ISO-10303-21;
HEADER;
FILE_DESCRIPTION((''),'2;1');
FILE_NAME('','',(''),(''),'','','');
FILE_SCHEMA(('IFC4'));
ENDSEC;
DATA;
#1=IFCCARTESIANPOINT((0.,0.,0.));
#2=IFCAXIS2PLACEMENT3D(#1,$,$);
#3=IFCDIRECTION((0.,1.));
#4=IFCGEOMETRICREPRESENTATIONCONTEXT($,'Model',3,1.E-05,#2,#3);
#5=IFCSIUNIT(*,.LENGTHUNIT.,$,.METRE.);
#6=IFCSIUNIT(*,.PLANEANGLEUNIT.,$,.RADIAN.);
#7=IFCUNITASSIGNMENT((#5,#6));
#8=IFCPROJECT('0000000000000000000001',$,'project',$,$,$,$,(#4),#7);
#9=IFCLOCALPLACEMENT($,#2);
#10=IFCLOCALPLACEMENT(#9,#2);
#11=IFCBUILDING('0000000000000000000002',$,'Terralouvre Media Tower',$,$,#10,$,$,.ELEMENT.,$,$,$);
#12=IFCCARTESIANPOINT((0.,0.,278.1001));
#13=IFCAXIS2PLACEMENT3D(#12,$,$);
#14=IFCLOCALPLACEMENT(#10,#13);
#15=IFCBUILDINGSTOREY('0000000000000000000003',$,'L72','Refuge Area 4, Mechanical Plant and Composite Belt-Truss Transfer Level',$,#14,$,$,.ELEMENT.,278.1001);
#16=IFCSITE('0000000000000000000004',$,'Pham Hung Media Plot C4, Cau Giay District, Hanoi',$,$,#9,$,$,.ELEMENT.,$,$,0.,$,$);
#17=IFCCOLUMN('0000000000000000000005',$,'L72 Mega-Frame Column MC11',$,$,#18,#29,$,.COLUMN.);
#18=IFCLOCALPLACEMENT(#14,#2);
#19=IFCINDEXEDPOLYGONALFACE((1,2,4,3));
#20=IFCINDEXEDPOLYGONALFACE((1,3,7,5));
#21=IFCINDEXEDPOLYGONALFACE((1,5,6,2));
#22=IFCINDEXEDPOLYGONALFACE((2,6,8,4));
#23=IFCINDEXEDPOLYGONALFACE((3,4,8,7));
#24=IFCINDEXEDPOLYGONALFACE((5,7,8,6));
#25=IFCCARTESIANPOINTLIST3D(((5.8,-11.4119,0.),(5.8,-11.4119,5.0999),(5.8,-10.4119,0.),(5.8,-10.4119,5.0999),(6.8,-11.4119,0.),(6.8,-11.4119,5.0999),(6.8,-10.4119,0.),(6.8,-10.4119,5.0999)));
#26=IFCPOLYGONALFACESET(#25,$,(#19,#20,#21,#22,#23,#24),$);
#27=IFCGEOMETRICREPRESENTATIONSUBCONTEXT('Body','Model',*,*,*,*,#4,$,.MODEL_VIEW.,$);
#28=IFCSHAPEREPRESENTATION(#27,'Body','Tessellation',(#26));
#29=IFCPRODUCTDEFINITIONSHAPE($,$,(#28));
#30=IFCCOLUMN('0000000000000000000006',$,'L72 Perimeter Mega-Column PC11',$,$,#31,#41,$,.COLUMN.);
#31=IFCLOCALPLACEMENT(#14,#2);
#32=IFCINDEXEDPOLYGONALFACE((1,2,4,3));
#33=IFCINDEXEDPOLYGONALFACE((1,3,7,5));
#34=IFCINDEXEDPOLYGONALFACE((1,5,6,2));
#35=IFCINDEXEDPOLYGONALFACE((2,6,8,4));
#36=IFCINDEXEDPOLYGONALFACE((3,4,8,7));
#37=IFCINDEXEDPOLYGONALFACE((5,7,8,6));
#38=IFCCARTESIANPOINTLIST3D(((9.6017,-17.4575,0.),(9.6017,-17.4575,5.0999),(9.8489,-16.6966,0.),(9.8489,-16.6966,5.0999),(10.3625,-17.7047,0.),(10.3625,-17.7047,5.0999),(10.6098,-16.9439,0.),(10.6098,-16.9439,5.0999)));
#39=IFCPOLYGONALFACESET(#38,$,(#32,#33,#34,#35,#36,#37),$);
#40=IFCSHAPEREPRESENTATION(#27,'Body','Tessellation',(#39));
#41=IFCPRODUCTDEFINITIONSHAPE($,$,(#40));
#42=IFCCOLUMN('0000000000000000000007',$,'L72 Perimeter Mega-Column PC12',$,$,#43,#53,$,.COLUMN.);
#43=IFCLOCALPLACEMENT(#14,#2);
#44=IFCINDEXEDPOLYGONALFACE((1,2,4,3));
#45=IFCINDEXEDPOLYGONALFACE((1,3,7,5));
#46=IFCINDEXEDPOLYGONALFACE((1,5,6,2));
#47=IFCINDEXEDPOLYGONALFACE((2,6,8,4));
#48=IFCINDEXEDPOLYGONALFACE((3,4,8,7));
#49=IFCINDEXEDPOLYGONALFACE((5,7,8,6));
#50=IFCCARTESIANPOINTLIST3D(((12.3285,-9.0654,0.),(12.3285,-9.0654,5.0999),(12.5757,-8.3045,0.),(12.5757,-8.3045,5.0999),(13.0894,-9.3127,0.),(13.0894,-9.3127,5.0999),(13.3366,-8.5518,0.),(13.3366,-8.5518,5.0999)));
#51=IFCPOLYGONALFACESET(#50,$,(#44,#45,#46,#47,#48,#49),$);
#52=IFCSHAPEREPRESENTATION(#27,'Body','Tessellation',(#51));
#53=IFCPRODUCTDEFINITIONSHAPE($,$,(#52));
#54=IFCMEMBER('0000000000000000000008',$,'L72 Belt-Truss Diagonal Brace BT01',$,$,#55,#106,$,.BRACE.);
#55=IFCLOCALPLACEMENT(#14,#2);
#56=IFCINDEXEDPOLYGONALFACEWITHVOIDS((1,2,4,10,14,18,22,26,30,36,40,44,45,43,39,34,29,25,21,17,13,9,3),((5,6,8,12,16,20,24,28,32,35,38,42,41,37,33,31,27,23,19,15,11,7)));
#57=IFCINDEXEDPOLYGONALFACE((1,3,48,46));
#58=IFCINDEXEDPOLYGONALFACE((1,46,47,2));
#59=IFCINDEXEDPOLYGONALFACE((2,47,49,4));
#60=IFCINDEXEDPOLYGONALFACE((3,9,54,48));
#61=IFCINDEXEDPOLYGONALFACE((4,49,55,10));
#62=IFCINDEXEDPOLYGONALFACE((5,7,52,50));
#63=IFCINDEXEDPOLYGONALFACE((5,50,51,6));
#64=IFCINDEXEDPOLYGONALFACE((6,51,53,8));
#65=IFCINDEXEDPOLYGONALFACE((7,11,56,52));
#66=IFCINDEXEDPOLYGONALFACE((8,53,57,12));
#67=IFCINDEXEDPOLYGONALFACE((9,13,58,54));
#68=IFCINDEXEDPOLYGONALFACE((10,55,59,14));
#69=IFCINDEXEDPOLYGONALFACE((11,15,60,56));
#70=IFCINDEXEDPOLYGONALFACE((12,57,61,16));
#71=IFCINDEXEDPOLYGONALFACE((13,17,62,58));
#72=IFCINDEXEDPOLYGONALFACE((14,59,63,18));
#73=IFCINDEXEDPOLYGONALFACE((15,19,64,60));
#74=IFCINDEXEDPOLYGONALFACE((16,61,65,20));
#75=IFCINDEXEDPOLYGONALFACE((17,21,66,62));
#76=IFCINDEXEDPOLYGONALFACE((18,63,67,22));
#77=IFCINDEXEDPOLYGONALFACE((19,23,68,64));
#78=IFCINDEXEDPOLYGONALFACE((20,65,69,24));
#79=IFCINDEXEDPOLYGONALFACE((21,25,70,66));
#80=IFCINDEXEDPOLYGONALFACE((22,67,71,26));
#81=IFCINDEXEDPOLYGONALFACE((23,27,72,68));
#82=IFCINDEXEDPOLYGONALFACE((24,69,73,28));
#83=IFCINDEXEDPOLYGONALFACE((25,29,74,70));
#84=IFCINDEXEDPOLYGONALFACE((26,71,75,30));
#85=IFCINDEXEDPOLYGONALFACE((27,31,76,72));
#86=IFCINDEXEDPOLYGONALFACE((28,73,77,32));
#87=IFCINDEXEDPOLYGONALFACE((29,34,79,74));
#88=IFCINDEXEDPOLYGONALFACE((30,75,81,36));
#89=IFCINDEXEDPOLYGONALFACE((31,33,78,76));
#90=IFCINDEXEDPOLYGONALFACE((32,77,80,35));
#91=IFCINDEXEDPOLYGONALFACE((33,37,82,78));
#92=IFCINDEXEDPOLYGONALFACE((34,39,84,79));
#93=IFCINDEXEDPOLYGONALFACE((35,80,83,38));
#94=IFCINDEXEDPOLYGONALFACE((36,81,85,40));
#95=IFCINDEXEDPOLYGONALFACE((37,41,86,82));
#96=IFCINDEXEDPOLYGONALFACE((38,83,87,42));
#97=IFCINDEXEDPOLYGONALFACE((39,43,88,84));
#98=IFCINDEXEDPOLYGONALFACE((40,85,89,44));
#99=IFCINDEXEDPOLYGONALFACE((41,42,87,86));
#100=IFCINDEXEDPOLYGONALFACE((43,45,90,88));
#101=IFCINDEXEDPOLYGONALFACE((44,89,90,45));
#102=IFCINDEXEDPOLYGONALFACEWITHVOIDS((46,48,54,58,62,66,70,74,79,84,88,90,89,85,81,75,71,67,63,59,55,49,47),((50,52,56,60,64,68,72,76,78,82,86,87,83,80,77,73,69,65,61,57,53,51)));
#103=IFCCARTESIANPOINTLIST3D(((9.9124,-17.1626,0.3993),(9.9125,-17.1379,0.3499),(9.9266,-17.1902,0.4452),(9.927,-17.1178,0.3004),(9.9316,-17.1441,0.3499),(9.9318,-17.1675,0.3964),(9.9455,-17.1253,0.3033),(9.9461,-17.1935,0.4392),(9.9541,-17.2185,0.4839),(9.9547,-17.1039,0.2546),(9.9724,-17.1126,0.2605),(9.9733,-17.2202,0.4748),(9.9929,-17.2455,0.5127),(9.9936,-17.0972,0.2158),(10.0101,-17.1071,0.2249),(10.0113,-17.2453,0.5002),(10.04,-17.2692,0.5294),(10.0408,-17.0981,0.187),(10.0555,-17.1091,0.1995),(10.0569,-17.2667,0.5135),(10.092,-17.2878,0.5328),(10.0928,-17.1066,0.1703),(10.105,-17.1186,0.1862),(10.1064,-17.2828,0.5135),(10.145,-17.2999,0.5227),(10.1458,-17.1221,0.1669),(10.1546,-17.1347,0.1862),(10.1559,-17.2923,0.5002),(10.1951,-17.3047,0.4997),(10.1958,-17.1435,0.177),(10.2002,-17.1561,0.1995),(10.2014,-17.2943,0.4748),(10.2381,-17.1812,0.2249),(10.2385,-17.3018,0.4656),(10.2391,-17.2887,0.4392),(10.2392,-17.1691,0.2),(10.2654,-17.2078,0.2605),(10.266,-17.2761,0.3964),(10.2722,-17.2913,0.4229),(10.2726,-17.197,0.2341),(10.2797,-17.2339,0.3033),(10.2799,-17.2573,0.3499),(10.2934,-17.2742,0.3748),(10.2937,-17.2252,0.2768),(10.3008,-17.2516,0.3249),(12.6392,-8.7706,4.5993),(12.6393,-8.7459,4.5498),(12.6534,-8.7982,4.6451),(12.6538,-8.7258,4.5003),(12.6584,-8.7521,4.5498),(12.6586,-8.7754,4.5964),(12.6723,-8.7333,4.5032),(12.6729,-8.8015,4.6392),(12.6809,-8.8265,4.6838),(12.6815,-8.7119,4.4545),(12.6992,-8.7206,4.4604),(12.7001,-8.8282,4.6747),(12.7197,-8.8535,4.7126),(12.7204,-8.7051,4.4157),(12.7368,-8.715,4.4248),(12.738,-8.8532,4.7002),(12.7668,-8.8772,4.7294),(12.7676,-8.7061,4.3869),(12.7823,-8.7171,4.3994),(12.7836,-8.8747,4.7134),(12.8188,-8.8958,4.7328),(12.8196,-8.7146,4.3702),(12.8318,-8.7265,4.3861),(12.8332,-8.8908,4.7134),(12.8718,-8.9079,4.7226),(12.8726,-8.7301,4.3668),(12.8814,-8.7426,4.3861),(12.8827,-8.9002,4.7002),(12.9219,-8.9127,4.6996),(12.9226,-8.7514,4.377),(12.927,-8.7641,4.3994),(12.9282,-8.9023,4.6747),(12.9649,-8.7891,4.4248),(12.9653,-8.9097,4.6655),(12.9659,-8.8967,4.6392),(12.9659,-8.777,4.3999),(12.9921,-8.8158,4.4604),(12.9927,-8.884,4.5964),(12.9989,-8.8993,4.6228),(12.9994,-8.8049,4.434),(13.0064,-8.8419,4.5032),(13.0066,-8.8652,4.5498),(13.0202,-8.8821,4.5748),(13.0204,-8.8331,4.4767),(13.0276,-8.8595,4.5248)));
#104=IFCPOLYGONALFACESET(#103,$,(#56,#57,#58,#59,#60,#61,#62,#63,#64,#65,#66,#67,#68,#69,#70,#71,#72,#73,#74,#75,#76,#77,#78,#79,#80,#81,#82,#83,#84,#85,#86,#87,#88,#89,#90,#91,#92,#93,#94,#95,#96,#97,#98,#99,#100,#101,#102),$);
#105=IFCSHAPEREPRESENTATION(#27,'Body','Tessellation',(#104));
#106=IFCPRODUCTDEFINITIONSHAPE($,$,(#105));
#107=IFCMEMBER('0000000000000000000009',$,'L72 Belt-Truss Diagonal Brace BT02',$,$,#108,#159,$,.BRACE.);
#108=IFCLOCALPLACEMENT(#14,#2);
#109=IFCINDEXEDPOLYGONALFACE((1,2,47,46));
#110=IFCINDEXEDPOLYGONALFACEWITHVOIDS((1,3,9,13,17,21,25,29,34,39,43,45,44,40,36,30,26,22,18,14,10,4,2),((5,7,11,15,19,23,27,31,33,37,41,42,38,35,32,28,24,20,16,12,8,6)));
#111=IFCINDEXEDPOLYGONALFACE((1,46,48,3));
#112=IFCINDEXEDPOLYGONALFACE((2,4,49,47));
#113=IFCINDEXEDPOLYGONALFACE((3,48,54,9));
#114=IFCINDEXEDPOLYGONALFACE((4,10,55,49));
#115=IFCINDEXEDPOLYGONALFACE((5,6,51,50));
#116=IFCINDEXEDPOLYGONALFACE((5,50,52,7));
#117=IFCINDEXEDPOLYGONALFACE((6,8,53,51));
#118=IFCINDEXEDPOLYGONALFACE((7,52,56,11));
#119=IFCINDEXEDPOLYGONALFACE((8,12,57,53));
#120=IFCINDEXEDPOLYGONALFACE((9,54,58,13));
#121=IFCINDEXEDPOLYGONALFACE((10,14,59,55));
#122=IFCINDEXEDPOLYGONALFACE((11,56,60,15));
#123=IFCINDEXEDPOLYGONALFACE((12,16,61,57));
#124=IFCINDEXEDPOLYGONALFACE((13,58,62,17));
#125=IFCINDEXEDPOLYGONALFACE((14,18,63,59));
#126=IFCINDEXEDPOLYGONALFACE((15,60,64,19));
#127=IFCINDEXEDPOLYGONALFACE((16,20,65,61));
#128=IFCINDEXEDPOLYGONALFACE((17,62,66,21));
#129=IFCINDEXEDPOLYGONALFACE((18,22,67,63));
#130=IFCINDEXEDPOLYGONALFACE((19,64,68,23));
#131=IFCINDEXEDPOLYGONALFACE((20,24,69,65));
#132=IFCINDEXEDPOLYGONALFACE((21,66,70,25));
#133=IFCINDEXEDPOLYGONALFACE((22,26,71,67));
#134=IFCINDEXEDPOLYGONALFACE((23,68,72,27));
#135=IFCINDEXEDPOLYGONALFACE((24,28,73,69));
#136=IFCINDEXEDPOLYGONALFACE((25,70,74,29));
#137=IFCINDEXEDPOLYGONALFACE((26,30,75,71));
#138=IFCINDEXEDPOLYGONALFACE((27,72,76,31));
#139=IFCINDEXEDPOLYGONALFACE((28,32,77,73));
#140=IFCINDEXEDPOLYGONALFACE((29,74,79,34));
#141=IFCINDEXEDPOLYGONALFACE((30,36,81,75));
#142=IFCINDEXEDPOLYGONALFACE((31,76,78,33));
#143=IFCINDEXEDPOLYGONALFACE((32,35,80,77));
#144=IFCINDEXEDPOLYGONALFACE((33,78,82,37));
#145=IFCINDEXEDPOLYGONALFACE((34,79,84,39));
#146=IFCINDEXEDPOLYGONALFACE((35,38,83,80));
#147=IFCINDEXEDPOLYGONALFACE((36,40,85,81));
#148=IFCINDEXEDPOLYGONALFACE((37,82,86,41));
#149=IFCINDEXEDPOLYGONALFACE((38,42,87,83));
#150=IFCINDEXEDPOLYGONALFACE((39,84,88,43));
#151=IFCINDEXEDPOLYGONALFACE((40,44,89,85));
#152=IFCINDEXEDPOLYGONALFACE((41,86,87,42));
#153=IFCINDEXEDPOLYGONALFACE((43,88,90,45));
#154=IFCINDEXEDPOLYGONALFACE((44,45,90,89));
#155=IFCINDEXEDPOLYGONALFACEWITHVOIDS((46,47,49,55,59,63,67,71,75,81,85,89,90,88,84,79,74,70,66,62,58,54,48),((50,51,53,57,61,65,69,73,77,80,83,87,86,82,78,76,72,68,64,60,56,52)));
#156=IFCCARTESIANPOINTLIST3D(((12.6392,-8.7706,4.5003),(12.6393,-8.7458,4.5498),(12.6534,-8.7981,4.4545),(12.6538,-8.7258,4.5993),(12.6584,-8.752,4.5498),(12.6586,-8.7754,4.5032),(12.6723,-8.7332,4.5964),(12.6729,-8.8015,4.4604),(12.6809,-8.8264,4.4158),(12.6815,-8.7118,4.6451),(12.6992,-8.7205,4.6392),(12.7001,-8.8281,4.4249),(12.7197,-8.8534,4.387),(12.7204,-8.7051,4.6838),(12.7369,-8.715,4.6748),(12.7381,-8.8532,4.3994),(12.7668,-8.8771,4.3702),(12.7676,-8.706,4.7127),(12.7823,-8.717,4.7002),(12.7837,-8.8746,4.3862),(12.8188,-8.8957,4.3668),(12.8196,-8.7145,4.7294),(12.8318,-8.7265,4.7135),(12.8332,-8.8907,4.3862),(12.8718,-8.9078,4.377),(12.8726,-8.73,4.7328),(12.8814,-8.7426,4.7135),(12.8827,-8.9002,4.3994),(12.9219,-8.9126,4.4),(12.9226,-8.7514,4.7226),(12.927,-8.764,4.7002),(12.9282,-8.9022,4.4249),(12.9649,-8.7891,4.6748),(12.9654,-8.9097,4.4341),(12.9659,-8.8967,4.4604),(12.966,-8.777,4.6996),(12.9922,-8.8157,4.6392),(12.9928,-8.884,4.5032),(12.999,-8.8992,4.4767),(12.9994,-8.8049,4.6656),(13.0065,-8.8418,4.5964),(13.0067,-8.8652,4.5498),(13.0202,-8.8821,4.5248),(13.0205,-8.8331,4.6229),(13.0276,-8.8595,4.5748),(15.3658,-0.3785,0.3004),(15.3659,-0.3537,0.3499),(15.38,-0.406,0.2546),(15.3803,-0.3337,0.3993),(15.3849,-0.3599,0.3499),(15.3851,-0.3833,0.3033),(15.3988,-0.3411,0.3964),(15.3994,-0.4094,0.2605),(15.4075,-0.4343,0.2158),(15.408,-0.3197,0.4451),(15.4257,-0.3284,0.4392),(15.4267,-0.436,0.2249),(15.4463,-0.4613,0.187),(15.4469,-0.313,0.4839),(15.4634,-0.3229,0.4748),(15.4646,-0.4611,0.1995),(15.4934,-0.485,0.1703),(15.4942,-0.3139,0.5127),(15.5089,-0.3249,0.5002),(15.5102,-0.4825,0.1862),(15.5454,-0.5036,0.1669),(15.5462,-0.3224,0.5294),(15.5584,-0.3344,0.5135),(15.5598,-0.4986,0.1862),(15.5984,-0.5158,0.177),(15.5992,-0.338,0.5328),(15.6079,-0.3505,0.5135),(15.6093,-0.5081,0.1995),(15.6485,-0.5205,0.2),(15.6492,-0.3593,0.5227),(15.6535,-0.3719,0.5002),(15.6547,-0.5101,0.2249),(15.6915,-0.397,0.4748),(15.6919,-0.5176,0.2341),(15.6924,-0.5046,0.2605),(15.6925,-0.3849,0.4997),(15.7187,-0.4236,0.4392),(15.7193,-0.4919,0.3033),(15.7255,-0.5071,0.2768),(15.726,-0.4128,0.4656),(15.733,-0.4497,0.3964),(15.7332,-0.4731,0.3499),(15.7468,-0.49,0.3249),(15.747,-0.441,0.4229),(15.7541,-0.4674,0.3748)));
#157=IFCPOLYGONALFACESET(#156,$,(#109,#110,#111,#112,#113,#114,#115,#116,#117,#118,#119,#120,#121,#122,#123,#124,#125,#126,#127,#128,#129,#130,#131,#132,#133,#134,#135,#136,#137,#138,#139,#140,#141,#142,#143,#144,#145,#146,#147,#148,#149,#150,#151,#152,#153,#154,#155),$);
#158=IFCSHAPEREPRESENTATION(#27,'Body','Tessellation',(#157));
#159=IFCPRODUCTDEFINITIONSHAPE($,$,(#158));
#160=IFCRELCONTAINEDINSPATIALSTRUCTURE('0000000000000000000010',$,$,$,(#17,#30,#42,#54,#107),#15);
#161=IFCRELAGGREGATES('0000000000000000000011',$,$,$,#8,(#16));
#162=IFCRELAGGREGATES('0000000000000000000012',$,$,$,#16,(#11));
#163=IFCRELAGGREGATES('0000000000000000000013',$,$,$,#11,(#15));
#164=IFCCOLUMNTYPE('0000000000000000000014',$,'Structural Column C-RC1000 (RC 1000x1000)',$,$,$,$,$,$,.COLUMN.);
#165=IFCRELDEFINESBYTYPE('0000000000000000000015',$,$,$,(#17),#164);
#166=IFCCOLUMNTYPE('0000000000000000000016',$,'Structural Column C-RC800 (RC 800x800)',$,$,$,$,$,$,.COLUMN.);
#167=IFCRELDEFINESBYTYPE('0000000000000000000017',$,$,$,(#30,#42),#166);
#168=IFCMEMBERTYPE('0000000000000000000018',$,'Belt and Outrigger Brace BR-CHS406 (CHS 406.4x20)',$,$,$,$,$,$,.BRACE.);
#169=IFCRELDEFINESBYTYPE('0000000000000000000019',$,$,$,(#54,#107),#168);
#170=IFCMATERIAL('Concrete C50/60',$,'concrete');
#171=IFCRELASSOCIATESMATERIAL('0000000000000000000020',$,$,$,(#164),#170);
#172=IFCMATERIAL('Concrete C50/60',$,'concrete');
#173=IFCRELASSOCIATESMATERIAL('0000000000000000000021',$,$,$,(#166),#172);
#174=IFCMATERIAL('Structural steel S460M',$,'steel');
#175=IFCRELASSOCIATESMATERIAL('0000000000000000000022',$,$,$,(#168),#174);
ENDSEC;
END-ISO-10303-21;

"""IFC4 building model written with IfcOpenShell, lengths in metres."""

from ifc_helpers import new_model, si_unit, direction, frame, origin, origin_2d, place, context, subcontext, project, spatial, rectangle, hollow_circle, extrude, material, material_profile, profile_set, type_object, element, save


model = new_model("IFC4")

# Units and contexts
model_context = context("Model", 3, precision=1e-05, world=origin(), true_north=direction((0.0, 1.0)))
body_context = subcontext(model_context, "Body", "Model", "MODEL_VIEW")
ifc_project = project(units=[si_unit("LENGTHUNIT", "METRE"), si_unit("PLANEANGLEUNIT", "RADIAN")], contexts=[model_context])

# Site, building, storey
site_placement = place(None, origin())
site = spatial("IfcSite", under=ifc_project, at=site_placement, Name="Pham Hung Media Plot C4, Cau Giay District, Hanoi", CompositionType="ELEMENT", RefElevation=0.0)
building_placement = place(site_placement, origin())
building = spatial("IfcBuilding", under=site, at=building_placement, Name="Terralouvre Media Tower", CompositionType="ELEMENT")
storey_placement = place(building_placement, frame((0.0, 0.0, 278.1001)))
storey = spatial("IfcBuildingStorey", under=building, at=storey_placement, Name="L72", Description="Refuge Area 4, Mechanical Plant and Composite Belt-Truss Transfer Level", CompositionType="ELEMENT", Elevation=278.1001)

# Columns
ifc_material_1 = material(Name="Concrete C50/60", Category="concrete")
ifc_material_profile_1 = material_profile(ifc_material_1, rectangle(XDim=1.0, YDim=1.0, at=origin_2d()), Name="RC 1000x1000")
ifc_profile_set_1 = profile_set([ifc_material_profile_1], Name="Concrete C50/60")
column_type_1 = type_object("IfcColumnType", Name="Structural Column C-RC1000 (RC 1000x1000)", PredefinedType="COLUMN", material=ifc_profile_set_1)
column_placement = place(storey_placement, frame((6.3, -10.9119, 0.0), z_axis=(0.0, 0.0, 1.0), x_axis=(1.0, 0.0, 0.0)))
element("IfcColumn", 1, at=column_placement, inside=storey, type_object=column_type_1, Name="L72 Mega-Frame Column MC11", PredefinedType="COLUMN", context=body_context, shape_type="SweptSolid", body=[
    extrude(rectangle(XDim=1.0, YDim=1.0, at=origin_2d()), origin(), (0.0, 0.0, 1.0), 5.0999),
])
ifc_material_2 = material(Name="Concrete C50/60", Category="concrete")
ifc_material_profile_2 = material_profile(ifc_material_2, rectangle(XDim=0.8, YDim=0.8, at=origin_2d()), Name="RC 800x800")
ifc_profile_set_2 = profile_set([ifc_material_profile_2], Name="Concrete C50/60")
column_type_2 = type_object("IfcColumnType", Name="Structural Column C-RC800 (RC 800x800)", PredefinedType="COLUMN", material=ifc_profile_set_2)
for number, where, z_axis, x_axis, name in (
    (2, (10.1057, -17.2007, 0.0), (0.0, 0.0, 1.0), (0.309017, 0.951057, 0.0), "L72 Perimeter Mega-Column PC11"),
    (3, (12.8325, -8.8086, 0.0), (0.0, 0.0, 1.0), (0.309017, 0.951057, 0.0), "L72 Perimeter Mega-Column PC12"),
):
    element("IfcColumn", number, at=place(storey_placement, frame(where, z_axis=z_axis, x_axis=x_axis)), inside=storey, type_object=column_type_2, Name=name, PredefinedType="COLUMN", context=body_context, shape_type="SweptSolid", body=[
        extrude(rectangle(XDim=0.8, YDim=0.8, at=origin_2d()), origin(), (0.0, 0.0, 1.0), 5.0999),
    ])

# Members
ifc_material_3 = material(Name="Structural steel S460M", Category="steel")
ifc_material_profile_3 = material_profile(ifc_material_3, hollow_circle(Radius=0.2031, WallThickness=0.02, at=origin_2d()), Name="CHS 406.4x20")
ifc_profile_set_3 = profile_set([ifc_material_profile_3], Name="Structural steel S460M")
member_type_1 = type_object("IfcMemberType", Name="Belt and Outrigger Brace BR-CHS406 (CHS 406.4x20)", PredefinedType="BRACE", material=ifc_profile_set_3)
for number, where, z_axis, x_axis, name in (
    (4, (10.1057, -17.2007, 0.3499), (0.279028, 0.858743, 0.429771), (-0.951055, 0.309022, 0.0), "L72 Belt-Truss Diagonal Brace BT01"),
    (5, (12.8325, -8.8086, 4.5498), (0.279005, 0.858749, -0.429774), (-0.951063, 0.308997, 0.0), "L72 Belt-Truss Diagonal Brace BT02"),
):
    element("IfcMember", number, at=place(storey_placement, frame(where, z_axis=z_axis, x_axis=x_axis)), inside=storey, type_object=member_type_1, Name=name, PredefinedType="BRACE", context=body_context, shape_type="SweptSolid", body=[
        extrude(hollow_circle(Radius=0.2031, WallThickness=0.02, at=origin_2d()), origin(), (0.0, 0.0, 1.0), 9.7725),
    ])

save(model, "model.ifc")
